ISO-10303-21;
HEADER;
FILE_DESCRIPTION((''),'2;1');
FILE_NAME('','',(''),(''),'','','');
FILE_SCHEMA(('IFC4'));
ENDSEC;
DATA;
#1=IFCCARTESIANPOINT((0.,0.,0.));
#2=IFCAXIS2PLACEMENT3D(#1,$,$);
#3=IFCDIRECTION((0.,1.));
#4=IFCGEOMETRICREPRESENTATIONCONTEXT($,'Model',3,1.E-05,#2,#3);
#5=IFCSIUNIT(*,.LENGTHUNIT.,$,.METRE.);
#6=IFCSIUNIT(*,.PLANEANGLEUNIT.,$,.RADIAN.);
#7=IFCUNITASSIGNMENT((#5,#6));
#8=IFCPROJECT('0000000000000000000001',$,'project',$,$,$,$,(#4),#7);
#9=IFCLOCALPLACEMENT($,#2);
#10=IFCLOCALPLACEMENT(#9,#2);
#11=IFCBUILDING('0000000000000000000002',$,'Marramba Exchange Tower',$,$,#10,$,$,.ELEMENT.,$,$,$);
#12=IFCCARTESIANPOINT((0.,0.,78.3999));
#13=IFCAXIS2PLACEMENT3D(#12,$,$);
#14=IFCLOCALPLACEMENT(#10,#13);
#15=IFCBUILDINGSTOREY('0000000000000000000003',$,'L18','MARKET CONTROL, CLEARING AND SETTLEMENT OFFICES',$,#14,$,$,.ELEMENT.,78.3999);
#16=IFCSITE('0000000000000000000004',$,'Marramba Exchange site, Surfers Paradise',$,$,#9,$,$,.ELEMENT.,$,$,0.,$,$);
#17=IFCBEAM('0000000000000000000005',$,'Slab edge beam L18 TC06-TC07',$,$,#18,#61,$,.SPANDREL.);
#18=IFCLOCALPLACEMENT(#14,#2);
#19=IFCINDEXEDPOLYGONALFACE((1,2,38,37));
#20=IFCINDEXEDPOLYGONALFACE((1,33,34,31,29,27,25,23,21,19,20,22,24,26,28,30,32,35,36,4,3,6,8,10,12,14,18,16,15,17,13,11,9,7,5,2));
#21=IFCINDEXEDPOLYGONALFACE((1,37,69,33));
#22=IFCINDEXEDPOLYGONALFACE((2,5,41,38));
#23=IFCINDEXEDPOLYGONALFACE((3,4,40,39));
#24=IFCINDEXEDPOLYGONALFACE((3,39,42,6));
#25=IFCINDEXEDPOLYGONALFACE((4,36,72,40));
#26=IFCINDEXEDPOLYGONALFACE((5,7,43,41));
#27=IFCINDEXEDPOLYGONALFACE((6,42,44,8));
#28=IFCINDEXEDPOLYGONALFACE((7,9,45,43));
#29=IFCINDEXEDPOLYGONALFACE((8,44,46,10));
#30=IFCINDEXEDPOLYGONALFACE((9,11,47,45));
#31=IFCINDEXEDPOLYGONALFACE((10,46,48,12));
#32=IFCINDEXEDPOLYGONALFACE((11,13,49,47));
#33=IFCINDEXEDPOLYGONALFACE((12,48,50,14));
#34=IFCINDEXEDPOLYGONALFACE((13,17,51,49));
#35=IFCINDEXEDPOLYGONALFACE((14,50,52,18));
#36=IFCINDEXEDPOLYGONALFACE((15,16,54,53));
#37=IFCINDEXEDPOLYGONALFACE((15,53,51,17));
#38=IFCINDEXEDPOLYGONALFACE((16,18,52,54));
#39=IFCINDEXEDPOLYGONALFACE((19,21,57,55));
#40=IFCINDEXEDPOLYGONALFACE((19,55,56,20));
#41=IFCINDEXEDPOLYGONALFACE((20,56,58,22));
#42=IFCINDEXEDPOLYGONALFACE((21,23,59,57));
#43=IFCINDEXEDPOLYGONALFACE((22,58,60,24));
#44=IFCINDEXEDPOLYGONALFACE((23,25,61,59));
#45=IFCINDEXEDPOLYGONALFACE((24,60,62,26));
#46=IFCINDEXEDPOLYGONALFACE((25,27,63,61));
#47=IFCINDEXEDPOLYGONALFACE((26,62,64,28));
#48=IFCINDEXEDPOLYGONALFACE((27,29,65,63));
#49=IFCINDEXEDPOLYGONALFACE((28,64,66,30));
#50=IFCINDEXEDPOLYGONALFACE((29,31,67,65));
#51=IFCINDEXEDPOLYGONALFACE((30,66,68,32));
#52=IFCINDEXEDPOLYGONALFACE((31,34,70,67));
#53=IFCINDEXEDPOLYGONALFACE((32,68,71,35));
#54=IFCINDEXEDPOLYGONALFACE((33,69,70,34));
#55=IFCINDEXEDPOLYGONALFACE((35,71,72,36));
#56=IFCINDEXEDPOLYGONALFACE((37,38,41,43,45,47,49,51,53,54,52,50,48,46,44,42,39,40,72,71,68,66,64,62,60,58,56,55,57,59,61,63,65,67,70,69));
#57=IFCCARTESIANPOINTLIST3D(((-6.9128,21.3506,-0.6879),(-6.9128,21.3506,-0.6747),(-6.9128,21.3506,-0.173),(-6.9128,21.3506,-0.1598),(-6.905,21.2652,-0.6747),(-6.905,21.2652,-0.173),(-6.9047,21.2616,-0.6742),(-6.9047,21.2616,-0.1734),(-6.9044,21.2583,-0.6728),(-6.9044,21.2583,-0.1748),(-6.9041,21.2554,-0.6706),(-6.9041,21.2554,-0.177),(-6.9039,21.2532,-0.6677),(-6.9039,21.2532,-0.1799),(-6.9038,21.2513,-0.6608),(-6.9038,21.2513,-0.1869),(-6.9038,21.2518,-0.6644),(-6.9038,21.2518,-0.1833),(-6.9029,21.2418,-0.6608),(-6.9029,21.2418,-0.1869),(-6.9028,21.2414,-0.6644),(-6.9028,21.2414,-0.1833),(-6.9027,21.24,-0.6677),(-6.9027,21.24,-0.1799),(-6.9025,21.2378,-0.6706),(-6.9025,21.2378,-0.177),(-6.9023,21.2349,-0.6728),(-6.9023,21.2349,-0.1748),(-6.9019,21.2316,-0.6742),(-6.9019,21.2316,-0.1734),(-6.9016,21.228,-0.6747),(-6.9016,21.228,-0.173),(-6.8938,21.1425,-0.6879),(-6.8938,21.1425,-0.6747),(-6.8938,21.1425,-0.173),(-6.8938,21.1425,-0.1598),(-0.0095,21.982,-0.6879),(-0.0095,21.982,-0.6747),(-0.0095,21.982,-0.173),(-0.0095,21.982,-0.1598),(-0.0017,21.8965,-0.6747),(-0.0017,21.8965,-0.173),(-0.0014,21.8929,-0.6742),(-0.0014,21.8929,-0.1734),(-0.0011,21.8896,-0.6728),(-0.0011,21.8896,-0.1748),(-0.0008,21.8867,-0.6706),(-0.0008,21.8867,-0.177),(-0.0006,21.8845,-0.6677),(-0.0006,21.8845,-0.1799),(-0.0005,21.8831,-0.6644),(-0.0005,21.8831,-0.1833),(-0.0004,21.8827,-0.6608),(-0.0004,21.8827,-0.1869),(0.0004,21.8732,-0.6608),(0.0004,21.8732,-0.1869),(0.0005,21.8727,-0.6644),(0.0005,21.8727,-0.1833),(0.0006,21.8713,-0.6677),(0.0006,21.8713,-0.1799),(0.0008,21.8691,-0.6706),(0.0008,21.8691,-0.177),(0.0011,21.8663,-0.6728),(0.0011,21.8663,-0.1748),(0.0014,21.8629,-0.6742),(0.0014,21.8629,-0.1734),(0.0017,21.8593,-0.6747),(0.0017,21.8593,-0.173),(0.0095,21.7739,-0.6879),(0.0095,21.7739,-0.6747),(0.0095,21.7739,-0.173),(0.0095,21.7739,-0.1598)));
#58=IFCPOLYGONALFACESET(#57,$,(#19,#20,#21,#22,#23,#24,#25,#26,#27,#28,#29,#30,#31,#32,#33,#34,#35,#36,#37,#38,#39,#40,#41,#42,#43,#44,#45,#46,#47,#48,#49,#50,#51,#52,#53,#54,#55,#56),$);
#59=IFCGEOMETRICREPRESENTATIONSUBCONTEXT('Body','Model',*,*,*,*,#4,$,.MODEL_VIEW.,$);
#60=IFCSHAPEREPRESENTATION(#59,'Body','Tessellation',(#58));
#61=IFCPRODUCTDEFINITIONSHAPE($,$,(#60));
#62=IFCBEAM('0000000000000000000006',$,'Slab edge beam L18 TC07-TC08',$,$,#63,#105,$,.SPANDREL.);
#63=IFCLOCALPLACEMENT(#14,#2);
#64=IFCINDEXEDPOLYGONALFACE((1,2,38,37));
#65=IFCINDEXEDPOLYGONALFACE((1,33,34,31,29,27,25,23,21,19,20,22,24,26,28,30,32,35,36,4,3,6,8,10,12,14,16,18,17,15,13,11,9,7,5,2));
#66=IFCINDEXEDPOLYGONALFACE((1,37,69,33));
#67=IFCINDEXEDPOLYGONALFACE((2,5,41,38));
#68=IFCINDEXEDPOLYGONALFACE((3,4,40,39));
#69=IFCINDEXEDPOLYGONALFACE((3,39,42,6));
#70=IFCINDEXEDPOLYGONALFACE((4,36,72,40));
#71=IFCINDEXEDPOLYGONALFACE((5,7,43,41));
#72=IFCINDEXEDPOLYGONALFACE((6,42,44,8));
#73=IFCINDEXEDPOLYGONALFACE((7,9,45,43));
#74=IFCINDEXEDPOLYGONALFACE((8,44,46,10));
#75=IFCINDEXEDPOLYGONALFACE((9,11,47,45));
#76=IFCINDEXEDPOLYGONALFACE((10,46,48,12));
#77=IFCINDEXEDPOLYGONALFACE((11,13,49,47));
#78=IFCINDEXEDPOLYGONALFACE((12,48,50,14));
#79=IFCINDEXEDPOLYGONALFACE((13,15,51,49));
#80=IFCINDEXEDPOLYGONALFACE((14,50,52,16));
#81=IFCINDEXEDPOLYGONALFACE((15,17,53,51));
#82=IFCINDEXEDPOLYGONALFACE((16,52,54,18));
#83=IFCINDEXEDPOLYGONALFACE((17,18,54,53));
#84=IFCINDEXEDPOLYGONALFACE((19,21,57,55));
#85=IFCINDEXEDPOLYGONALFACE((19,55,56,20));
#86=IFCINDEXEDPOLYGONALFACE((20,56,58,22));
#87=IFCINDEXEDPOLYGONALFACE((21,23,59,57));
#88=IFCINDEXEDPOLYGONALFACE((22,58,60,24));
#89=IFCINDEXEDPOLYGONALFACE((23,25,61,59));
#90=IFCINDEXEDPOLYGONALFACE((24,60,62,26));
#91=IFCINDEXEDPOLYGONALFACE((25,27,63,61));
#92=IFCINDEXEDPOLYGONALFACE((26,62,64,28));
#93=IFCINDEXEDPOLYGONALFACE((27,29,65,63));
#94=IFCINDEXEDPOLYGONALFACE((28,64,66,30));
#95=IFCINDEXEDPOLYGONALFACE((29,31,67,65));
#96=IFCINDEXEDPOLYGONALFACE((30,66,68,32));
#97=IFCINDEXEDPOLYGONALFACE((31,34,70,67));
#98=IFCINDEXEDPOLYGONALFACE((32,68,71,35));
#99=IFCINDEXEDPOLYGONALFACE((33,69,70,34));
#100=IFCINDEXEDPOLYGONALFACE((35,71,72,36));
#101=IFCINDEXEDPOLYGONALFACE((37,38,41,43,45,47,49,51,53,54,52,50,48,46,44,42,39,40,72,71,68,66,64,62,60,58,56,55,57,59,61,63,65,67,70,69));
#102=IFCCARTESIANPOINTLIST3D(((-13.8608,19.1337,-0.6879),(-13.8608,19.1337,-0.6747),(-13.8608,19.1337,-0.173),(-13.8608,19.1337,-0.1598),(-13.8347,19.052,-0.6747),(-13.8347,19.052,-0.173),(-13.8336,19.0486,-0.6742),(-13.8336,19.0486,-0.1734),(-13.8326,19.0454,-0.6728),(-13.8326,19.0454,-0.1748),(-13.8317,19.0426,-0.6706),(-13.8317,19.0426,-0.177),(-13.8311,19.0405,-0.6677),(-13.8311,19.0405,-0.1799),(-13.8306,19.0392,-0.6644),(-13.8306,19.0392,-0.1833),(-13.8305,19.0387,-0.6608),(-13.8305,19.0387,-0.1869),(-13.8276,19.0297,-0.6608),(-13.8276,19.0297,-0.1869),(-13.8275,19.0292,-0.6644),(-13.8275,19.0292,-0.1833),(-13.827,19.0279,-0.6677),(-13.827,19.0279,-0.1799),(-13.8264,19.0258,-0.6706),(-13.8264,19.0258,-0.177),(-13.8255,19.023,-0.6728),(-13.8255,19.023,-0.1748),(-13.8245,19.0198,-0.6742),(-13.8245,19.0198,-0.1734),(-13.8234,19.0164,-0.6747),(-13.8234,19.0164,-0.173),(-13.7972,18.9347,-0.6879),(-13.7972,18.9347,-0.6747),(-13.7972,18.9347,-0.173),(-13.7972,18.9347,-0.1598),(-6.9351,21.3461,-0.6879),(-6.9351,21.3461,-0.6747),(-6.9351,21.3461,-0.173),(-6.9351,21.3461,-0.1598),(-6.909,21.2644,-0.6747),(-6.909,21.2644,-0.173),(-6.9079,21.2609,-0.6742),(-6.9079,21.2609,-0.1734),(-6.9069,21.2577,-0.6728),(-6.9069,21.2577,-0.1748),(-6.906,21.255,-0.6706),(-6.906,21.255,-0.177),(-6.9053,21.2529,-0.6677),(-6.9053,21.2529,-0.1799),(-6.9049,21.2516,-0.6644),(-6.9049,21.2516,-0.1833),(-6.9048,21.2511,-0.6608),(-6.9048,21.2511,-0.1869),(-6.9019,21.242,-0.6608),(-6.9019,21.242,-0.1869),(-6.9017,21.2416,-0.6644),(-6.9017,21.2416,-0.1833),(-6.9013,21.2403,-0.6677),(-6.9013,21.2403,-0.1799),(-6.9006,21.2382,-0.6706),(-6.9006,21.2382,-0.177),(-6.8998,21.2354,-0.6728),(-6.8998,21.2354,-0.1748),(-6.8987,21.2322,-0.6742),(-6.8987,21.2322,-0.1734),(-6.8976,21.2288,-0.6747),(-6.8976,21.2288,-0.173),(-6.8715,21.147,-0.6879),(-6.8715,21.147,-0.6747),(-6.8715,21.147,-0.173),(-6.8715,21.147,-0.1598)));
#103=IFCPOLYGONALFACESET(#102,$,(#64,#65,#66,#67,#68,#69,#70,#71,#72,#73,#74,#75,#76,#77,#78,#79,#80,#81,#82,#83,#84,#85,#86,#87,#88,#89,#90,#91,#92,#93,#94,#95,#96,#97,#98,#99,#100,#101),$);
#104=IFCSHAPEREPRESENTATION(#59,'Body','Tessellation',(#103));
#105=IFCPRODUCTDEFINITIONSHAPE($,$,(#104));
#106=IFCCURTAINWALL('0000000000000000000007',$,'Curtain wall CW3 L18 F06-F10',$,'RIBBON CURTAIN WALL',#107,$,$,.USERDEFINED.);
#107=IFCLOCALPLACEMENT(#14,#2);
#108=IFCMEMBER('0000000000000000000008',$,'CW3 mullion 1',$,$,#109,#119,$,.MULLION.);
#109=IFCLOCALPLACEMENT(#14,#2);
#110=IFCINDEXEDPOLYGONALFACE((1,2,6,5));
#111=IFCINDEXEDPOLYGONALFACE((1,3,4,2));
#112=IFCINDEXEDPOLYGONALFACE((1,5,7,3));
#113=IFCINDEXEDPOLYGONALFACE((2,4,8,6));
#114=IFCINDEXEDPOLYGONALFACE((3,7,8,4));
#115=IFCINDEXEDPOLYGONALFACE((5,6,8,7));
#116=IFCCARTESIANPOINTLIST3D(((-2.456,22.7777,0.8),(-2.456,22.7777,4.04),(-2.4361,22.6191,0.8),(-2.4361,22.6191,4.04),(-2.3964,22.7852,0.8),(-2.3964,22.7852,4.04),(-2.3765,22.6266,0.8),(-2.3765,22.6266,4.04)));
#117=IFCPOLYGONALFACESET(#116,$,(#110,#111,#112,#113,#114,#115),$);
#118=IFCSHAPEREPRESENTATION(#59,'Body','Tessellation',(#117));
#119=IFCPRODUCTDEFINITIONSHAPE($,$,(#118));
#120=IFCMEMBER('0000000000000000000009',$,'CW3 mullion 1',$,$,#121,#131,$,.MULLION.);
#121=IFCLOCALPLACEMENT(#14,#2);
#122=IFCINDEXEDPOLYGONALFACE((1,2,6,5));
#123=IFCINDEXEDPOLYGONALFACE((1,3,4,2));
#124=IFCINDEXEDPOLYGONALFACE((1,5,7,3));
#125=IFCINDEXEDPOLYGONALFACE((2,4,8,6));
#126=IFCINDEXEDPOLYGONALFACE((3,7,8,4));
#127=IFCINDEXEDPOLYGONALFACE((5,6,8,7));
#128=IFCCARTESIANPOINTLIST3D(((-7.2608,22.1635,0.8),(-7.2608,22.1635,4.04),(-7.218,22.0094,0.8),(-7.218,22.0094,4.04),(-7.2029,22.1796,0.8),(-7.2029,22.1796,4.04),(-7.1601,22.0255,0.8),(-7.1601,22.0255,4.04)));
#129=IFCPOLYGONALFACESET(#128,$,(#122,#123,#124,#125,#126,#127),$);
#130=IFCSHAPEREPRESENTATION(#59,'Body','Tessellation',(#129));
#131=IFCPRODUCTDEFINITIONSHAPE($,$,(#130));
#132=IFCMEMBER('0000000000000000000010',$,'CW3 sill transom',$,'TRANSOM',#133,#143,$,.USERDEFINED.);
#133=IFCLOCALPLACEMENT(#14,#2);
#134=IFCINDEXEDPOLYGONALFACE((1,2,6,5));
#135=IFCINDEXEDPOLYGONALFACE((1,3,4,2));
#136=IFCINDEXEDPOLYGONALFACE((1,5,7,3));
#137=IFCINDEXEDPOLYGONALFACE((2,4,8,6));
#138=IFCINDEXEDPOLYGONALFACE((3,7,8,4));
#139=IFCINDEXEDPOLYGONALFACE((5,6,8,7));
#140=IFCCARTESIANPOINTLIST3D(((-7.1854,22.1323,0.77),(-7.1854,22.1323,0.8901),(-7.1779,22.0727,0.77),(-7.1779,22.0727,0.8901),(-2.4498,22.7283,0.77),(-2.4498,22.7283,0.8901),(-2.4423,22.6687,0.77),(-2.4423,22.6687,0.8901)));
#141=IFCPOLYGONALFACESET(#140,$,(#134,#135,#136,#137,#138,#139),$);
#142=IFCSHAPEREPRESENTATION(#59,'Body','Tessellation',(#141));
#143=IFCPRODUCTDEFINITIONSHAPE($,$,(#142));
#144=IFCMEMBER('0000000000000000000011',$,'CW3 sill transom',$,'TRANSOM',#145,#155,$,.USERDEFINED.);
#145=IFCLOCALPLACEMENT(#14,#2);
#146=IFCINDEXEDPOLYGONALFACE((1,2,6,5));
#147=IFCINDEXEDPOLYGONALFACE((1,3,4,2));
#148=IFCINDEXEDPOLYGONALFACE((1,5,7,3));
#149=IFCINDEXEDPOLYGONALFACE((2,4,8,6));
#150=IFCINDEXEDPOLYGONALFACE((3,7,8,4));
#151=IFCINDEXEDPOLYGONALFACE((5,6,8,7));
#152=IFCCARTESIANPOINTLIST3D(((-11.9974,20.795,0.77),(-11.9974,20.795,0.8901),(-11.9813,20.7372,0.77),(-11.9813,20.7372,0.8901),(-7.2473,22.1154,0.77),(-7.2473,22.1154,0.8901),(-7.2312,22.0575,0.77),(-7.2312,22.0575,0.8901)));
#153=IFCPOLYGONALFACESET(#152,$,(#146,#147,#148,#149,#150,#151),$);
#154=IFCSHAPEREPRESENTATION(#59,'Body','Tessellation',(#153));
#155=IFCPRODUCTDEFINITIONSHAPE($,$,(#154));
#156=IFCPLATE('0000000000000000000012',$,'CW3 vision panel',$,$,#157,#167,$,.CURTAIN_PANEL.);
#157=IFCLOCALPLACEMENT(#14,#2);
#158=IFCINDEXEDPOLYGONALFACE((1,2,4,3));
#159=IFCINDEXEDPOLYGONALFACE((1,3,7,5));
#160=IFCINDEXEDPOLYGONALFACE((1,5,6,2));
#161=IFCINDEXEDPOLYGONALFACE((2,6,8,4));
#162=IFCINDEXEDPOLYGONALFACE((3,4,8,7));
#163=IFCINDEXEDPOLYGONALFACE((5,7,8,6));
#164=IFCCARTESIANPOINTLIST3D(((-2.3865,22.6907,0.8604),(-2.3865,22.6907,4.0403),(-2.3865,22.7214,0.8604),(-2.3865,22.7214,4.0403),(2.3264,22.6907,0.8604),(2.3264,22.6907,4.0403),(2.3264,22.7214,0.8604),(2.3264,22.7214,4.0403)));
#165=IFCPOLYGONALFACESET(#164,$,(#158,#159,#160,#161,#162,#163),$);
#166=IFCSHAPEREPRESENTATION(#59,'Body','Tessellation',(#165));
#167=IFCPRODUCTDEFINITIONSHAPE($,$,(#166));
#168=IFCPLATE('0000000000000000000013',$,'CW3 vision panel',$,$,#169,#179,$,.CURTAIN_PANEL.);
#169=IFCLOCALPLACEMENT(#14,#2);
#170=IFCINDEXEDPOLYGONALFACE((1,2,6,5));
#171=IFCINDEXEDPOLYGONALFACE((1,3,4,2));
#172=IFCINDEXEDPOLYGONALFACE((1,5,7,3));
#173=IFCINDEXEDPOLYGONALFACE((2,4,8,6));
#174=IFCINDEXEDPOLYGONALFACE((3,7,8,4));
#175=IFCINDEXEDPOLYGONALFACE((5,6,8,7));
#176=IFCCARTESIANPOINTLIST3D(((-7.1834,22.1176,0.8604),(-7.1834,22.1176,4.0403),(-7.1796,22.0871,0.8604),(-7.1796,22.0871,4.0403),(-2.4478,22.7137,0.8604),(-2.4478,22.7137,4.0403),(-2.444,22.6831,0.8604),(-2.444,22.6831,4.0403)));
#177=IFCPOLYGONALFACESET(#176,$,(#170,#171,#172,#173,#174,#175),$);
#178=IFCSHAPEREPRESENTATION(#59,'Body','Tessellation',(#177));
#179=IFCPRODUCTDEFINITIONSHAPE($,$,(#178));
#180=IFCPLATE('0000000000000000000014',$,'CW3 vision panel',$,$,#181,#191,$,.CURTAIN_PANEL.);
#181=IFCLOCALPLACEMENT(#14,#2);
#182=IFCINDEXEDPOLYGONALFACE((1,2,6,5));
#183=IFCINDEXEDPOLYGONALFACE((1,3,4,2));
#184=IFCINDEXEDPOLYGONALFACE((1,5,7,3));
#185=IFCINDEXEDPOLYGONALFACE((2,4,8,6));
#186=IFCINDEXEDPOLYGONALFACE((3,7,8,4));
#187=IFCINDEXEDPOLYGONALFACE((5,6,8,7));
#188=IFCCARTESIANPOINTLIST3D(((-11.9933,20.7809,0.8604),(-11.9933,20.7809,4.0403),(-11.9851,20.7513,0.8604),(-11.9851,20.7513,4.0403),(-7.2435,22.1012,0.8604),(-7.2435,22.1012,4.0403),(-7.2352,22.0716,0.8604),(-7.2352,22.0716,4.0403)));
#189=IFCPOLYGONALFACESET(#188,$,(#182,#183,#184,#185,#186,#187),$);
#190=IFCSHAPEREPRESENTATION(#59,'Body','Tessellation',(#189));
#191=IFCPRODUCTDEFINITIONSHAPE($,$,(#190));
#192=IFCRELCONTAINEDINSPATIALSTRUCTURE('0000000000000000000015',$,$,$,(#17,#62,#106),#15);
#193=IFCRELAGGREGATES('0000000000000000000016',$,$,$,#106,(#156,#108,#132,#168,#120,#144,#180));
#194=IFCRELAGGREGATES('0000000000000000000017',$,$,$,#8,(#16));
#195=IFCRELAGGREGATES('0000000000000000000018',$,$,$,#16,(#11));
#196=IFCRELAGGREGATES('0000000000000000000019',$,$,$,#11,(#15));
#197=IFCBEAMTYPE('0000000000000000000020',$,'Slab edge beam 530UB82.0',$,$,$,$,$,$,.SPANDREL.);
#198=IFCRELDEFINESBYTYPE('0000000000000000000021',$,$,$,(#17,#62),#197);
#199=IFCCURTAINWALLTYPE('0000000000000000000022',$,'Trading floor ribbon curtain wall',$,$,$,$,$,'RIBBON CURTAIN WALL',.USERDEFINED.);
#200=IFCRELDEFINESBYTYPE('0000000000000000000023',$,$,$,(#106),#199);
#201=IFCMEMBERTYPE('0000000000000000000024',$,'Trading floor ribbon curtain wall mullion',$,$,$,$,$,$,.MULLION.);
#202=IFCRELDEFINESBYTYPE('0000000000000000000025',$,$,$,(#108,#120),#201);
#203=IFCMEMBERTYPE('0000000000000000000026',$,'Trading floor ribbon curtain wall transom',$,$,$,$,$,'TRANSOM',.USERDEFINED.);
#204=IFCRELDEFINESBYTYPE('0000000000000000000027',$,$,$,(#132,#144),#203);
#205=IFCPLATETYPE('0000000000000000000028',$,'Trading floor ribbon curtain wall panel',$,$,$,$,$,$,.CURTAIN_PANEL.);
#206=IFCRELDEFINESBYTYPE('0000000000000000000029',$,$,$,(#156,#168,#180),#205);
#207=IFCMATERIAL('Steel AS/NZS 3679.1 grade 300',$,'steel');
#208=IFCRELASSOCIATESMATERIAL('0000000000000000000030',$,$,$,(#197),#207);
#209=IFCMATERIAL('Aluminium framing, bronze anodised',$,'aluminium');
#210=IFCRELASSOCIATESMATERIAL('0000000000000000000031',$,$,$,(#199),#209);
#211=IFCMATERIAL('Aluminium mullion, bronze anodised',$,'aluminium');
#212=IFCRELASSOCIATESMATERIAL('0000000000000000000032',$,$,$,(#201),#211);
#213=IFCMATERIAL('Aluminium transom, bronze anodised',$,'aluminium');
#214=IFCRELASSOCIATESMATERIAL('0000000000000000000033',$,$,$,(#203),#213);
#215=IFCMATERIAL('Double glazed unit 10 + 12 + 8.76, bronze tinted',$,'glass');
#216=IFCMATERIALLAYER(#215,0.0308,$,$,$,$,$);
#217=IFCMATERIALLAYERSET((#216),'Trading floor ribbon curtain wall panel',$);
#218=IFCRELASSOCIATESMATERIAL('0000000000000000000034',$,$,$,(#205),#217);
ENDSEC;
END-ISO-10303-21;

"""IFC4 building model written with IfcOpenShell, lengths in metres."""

from ifc_helpers import new_model, si_unit, direction, frame, origin, origin_2d, place, context, subcontext, project, spatial, rectangle, i_section, extrude, material, layer, layer_set, material_profile, profile_set, type_object, element, aggregate, save


model = new_model("IFC4")

# Units and contexts
model_context = context("Model", 3, precision=1e-05, world=origin(), true_north=direction((0.0, 1.0)))
body_context = subcontext(model_context, "Body", "Model", "MODEL_VIEW")
ifc_project = project(units=[si_unit("LENGTHUNIT", "METRE"), si_unit("PLANEANGLEUNIT", "RADIAN")], contexts=[model_context])

# Site, building, storey
site_placement = place(None, origin())
site = spatial("IfcSite", under=ifc_project, at=site_placement, Name="Marramba Exchange site, Surfers Paradise", CompositionType="ELEMENT", RefElevation=0.0)
building_placement = place(site_placement, origin())
building = spatial("IfcBuilding", under=site, at=building_placement, Name="Marramba Exchange Tower", CompositionType="ELEMENT")
storey_placement = place(building_placement, frame((0.0, 0.0, 78.3999)))
storey = spatial("IfcBuildingStorey", under=building, at=storey_placement, Name="L18", Description="MARKET CONTROL, CLEARING AND SETTLEMENT OFFICES", CompositionType="ELEMENT", Elevation=78.3999)

# Beams
ifc_material_1 = material(Name="Steel AS/NZS 3679.1 grade 300", Category="steel")
ifc_material_profile_1 = material_profile(ifc_material_1, i_section(OverallWidth=0.209, OverallDepth=0.5281, WebThickness=0.0095, FlangeThickness=0.0132, FilletRadius=0.0139, at=origin_2d()), Name="530UB82.0")
ifc_profile_set_1 = profile_set([ifc_material_profile_1], Name="Steel AS/NZS 3679.1 grade 300")
beam_type_1 = type_object("IfcBeamType", Name="Slab edge beam 530UB82.0", PredefinedType="SPANDREL", material=ifc_profile_set_1)
beam_1_placement = place(storey_placement, frame((0.0, 21.8779, -0.4238), z_axis=(-0.995844, -0.091076, 0.0), x_axis=(0.091076, -0.995844, 0.0)))
element("IfcBeam", 1, at=beam_1_placement, inside=storey, type_object=beam_type_1, Name="Slab edge beam L18 TC06-TC07", PredefinedType="SPANDREL", context=body_context, shape_type="SweptSolid", body=[
    extrude(i_section(OverallWidth=0.209, OverallDepth=0.5281, WebThickness=0.0095, FlangeThickness=0.0132, FilletRadius=0.0139, at=origin_2d()), origin(), (0.0, 0.0, 1.0), 6.9321),
])
beam_2_placement = place(storey_placement, frame((-6.9033, 21.2466, -0.4238), z_axis=(-0.952578, -0.304296, 0.0), x_axis=(0.304296, -0.952578, 0.0)))
element("IfcBeam", 2, at=beam_2_placement, inside=storey, type_object=beam_type_1, Name="Slab edge beam L18 TC07-TC08", PredefinedType="SPANDREL", context=body_context, shape_type="SweptSolid", body=[
    extrude(i_section(OverallWidth=0.209, OverallDepth=0.5281, WebThickness=0.0095, FlangeThickness=0.0132, FilletRadius=0.0139, at=origin_2d()), origin(), (0.0, 0.0, 1.0), 7.2705),
])

# Curtain wall, members, plates
ifc_material_2 = material(Name="Aluminium framing, bronze anodised", Category="aluminium")
curtain_wall_type = type_object("IfcCurtainWallType", Name="Trading floor ribbon curtain wall", ElementType="RIBBON CURTAIN WALL", PredefinedType="USERDEFINED", material=ifc_material_2)
curtain_wall_placement = place(storey_placement, origin())
curtain_wall = element("IfcCurtainWall", 3, at=curtain_wall_placement, inside=storey, type_object=curtain_wall_type, Name="Curtain wall CW3 L18 F06-F10", ObjectType="RIBBON CURTAIN WALL", PredefinedType="USERDEFINED")
ifc_material_3 = material(Name="Aluminium mullion, bronze anodised", Category="aluminium")
ifc_material_profile_2 = material_profile(ifc_material_3, rectangle(XDim=0.1599, YDim=0.0601, at=origin_2d()), Name="CW3 mullion 60x160")
ifc_profile_set_2 = profile_set([ifc_material_profile_2], Name="Aluminium mullion, bronze anodised")
member_type_1 = type_object("IfcMemberType", Name="Trading floor ribbon curtain wall mullion", PredefinedType="MULLION", material=ifc_profile_set_2)
member_1_placement = place(storey_placement, frame((-2.4163, 22.7021, 0.8), z_axis=(0.0, 0.0, 1.0), x_axis=(0.124873, -0.992173, 0.0)))
member_1 = element("IfcMember", 4, at=member_1_placement, type_object=member_type_1, Name="CW3 mullion 1", PredefinedType="MULLION", context=body_context, shape_type="SweptSolid", body=[
    extrude(rectangle(XDim=0.1599, YDim=0.0601, at=origin_2d()), origin(), (0.0, 0.0, 1.0), 3.24),
])
member_2_placement = place(storey_placement, frame((-7.2104, 22.0945, 0.8), z_axis=(0.0, 0.0, 1.0), x_axis=(0.267809, -0.963472, 0.0)))
member_2 = element("IfcMember", 5, at=member_2_placement, type_object=member_type_1, Name="CW3 mullion 1", PredefinedType="MULLION", context=body_context, shape_type="SweptSolid", body=[
    extrude(rectangle(XDim=0.1599, YDim=0.0601, at=origin_2d()), origin(), (0.0, 0.0, 1.0), 3.24),
])
ifc_material_4 = material(Name="Aluminium transom, bronze anodised", Category="aluminium")
ifc_material_profile_3 = material_profile(ifc_material_4, rectangle(XDim=0.0601, YDim=0.1201, at=origin_2d()), Name="CW3 transom 60x120")
ifc_profile_set_3 = profile_set([ifc_material_profile_3], Name="Aluminium transom, bronze anodised")
member_type_2 = type_object("IfcMemberType", Name="Trading floor ribbon curtain wall transom", ElementType="TRANSOM", PredefinedType="USERDEFINED", material=ifc_profile_set_3)
member_3_placement = place(storey_placement, frame((-2.446, 22.6985, 0.8301), z_axis=(-0.992174, -0.124859, 0.0), x_axis=(0.124859, -0.992174, 0.0)))
member_3 = element("IfcMember", 6, at=member_3_placement, type_object=member_type_2, Name="CW3 sill transom", ObjectType="TRANSOM", PredefinedType="USERDEFINED", context=body_context, shape_type="SweptSolid", body=[
    extrude(rectangle(XDim=0.0601, YDim=0.1201, at=origin_2d()), origin(), (0.0, 0.0, 1.0), 4.7729),
])
member_4_placement = place(storey_placement, frame((-7.2393, 22.0864, 0.8301), z_axis=(-0.963472, -0.267807, 0.0), x_axis=(0.267807, -0.963472, 0.0)))
member_4 = element("IfcMember", 7, at=member_4_placement, type_object=member_type_2, Name="CW3 sill transom", ObjectType="TRANSOM", PredefinedType="USERDEFINED", context=body_context, shape_type="SweptSolid", body=[
    extrude(rectangle(XDim=0.0601, YDim=0.1201, at=origin_2d()), origin(), (0.0, 0.0, 1.0), 4.9302),
])
ifc_material_5 = material(Name="Double glazed unit 10 + 12 + 8.76, bronze tinted", Category="glass")
ifc_layer_1 = layer(ifc_material_5, 0.0308)
ifc_layer_set_1 = layer_set([ifc_layer_1], Name="Trading floor ribbon curtain wall panel")
plate_type = type_object("IfcPlateType", Name="Trading floor ribbon curtain wall panel", PredefinedType="CURTAIN_PANEL", material=ifc_layer_set_1)
plate_1_placement = place(storey_placement, frame((-0.03, 22.7061, 0.8604), z_axis=(0.0, 0.0, 1.0), x_axis=(-1.0, 0.0, 0.0)))
plate_1 = element("IfcPlate", 8, at=plate_1_placement, type_object=plate_type, Name="CW3 vision panel", PredefinedType="CURTAIN_PANEL", context=body_context, shape_type="SweptSolid", body=[
    extrude(rectangle(XDim=4.7129, YDim=0.0308, at=origin_2d()), origin(), (0.0, 0.0, 1.0), 3.1799),
])
plate_2_placement = place(storey_placement, frame((-4.8137, 22.4004, 0.8604), z_axis=(0.0, 0.0, 1.0), x_axis=(-0.992173, -0.124873, 0.0)))
plate_2 = element("IfcPlate", 9, at=plate_2_placement, type_object=plate_type, Name="CW3 vision panel", PredefinedType="CURTAIN_PANEL", context=body_context, shape_type="SweptSolid", body=[
    extrude(rectangle(XDim=4.7729, YDim=0.0308, at=origin_2d()), origin(), (0.0, 0.0, 1.0), 3.1799),
])
plate_3_placement = place(storey_placement, frame((-9.6143, 21.4263, 0.8604), z_axis=(0.0, 0.0, 1.0), x_axis=(-0.963472, -0.267809, 0.0)))
plate_3 = element("IfcPlate", 10, at=plate_3_placement, type_object=plate_type, Name="CW3 vision panel", PredefinedType="CURTAIN_PANEL", context=body_context, shape_type="SweptSolid", body=[
    extrude(rectangle(XDim=4.9299, YDim=0.0308, at=origin_2d()), origin(), (0.0, 0.0, 1.0), 3.1799),
])
aggregate(curtain_wall, [plate_1, member_1, member_3, plate_2, member_2, member_4, plate_3])

save(model, "model.ifc")
